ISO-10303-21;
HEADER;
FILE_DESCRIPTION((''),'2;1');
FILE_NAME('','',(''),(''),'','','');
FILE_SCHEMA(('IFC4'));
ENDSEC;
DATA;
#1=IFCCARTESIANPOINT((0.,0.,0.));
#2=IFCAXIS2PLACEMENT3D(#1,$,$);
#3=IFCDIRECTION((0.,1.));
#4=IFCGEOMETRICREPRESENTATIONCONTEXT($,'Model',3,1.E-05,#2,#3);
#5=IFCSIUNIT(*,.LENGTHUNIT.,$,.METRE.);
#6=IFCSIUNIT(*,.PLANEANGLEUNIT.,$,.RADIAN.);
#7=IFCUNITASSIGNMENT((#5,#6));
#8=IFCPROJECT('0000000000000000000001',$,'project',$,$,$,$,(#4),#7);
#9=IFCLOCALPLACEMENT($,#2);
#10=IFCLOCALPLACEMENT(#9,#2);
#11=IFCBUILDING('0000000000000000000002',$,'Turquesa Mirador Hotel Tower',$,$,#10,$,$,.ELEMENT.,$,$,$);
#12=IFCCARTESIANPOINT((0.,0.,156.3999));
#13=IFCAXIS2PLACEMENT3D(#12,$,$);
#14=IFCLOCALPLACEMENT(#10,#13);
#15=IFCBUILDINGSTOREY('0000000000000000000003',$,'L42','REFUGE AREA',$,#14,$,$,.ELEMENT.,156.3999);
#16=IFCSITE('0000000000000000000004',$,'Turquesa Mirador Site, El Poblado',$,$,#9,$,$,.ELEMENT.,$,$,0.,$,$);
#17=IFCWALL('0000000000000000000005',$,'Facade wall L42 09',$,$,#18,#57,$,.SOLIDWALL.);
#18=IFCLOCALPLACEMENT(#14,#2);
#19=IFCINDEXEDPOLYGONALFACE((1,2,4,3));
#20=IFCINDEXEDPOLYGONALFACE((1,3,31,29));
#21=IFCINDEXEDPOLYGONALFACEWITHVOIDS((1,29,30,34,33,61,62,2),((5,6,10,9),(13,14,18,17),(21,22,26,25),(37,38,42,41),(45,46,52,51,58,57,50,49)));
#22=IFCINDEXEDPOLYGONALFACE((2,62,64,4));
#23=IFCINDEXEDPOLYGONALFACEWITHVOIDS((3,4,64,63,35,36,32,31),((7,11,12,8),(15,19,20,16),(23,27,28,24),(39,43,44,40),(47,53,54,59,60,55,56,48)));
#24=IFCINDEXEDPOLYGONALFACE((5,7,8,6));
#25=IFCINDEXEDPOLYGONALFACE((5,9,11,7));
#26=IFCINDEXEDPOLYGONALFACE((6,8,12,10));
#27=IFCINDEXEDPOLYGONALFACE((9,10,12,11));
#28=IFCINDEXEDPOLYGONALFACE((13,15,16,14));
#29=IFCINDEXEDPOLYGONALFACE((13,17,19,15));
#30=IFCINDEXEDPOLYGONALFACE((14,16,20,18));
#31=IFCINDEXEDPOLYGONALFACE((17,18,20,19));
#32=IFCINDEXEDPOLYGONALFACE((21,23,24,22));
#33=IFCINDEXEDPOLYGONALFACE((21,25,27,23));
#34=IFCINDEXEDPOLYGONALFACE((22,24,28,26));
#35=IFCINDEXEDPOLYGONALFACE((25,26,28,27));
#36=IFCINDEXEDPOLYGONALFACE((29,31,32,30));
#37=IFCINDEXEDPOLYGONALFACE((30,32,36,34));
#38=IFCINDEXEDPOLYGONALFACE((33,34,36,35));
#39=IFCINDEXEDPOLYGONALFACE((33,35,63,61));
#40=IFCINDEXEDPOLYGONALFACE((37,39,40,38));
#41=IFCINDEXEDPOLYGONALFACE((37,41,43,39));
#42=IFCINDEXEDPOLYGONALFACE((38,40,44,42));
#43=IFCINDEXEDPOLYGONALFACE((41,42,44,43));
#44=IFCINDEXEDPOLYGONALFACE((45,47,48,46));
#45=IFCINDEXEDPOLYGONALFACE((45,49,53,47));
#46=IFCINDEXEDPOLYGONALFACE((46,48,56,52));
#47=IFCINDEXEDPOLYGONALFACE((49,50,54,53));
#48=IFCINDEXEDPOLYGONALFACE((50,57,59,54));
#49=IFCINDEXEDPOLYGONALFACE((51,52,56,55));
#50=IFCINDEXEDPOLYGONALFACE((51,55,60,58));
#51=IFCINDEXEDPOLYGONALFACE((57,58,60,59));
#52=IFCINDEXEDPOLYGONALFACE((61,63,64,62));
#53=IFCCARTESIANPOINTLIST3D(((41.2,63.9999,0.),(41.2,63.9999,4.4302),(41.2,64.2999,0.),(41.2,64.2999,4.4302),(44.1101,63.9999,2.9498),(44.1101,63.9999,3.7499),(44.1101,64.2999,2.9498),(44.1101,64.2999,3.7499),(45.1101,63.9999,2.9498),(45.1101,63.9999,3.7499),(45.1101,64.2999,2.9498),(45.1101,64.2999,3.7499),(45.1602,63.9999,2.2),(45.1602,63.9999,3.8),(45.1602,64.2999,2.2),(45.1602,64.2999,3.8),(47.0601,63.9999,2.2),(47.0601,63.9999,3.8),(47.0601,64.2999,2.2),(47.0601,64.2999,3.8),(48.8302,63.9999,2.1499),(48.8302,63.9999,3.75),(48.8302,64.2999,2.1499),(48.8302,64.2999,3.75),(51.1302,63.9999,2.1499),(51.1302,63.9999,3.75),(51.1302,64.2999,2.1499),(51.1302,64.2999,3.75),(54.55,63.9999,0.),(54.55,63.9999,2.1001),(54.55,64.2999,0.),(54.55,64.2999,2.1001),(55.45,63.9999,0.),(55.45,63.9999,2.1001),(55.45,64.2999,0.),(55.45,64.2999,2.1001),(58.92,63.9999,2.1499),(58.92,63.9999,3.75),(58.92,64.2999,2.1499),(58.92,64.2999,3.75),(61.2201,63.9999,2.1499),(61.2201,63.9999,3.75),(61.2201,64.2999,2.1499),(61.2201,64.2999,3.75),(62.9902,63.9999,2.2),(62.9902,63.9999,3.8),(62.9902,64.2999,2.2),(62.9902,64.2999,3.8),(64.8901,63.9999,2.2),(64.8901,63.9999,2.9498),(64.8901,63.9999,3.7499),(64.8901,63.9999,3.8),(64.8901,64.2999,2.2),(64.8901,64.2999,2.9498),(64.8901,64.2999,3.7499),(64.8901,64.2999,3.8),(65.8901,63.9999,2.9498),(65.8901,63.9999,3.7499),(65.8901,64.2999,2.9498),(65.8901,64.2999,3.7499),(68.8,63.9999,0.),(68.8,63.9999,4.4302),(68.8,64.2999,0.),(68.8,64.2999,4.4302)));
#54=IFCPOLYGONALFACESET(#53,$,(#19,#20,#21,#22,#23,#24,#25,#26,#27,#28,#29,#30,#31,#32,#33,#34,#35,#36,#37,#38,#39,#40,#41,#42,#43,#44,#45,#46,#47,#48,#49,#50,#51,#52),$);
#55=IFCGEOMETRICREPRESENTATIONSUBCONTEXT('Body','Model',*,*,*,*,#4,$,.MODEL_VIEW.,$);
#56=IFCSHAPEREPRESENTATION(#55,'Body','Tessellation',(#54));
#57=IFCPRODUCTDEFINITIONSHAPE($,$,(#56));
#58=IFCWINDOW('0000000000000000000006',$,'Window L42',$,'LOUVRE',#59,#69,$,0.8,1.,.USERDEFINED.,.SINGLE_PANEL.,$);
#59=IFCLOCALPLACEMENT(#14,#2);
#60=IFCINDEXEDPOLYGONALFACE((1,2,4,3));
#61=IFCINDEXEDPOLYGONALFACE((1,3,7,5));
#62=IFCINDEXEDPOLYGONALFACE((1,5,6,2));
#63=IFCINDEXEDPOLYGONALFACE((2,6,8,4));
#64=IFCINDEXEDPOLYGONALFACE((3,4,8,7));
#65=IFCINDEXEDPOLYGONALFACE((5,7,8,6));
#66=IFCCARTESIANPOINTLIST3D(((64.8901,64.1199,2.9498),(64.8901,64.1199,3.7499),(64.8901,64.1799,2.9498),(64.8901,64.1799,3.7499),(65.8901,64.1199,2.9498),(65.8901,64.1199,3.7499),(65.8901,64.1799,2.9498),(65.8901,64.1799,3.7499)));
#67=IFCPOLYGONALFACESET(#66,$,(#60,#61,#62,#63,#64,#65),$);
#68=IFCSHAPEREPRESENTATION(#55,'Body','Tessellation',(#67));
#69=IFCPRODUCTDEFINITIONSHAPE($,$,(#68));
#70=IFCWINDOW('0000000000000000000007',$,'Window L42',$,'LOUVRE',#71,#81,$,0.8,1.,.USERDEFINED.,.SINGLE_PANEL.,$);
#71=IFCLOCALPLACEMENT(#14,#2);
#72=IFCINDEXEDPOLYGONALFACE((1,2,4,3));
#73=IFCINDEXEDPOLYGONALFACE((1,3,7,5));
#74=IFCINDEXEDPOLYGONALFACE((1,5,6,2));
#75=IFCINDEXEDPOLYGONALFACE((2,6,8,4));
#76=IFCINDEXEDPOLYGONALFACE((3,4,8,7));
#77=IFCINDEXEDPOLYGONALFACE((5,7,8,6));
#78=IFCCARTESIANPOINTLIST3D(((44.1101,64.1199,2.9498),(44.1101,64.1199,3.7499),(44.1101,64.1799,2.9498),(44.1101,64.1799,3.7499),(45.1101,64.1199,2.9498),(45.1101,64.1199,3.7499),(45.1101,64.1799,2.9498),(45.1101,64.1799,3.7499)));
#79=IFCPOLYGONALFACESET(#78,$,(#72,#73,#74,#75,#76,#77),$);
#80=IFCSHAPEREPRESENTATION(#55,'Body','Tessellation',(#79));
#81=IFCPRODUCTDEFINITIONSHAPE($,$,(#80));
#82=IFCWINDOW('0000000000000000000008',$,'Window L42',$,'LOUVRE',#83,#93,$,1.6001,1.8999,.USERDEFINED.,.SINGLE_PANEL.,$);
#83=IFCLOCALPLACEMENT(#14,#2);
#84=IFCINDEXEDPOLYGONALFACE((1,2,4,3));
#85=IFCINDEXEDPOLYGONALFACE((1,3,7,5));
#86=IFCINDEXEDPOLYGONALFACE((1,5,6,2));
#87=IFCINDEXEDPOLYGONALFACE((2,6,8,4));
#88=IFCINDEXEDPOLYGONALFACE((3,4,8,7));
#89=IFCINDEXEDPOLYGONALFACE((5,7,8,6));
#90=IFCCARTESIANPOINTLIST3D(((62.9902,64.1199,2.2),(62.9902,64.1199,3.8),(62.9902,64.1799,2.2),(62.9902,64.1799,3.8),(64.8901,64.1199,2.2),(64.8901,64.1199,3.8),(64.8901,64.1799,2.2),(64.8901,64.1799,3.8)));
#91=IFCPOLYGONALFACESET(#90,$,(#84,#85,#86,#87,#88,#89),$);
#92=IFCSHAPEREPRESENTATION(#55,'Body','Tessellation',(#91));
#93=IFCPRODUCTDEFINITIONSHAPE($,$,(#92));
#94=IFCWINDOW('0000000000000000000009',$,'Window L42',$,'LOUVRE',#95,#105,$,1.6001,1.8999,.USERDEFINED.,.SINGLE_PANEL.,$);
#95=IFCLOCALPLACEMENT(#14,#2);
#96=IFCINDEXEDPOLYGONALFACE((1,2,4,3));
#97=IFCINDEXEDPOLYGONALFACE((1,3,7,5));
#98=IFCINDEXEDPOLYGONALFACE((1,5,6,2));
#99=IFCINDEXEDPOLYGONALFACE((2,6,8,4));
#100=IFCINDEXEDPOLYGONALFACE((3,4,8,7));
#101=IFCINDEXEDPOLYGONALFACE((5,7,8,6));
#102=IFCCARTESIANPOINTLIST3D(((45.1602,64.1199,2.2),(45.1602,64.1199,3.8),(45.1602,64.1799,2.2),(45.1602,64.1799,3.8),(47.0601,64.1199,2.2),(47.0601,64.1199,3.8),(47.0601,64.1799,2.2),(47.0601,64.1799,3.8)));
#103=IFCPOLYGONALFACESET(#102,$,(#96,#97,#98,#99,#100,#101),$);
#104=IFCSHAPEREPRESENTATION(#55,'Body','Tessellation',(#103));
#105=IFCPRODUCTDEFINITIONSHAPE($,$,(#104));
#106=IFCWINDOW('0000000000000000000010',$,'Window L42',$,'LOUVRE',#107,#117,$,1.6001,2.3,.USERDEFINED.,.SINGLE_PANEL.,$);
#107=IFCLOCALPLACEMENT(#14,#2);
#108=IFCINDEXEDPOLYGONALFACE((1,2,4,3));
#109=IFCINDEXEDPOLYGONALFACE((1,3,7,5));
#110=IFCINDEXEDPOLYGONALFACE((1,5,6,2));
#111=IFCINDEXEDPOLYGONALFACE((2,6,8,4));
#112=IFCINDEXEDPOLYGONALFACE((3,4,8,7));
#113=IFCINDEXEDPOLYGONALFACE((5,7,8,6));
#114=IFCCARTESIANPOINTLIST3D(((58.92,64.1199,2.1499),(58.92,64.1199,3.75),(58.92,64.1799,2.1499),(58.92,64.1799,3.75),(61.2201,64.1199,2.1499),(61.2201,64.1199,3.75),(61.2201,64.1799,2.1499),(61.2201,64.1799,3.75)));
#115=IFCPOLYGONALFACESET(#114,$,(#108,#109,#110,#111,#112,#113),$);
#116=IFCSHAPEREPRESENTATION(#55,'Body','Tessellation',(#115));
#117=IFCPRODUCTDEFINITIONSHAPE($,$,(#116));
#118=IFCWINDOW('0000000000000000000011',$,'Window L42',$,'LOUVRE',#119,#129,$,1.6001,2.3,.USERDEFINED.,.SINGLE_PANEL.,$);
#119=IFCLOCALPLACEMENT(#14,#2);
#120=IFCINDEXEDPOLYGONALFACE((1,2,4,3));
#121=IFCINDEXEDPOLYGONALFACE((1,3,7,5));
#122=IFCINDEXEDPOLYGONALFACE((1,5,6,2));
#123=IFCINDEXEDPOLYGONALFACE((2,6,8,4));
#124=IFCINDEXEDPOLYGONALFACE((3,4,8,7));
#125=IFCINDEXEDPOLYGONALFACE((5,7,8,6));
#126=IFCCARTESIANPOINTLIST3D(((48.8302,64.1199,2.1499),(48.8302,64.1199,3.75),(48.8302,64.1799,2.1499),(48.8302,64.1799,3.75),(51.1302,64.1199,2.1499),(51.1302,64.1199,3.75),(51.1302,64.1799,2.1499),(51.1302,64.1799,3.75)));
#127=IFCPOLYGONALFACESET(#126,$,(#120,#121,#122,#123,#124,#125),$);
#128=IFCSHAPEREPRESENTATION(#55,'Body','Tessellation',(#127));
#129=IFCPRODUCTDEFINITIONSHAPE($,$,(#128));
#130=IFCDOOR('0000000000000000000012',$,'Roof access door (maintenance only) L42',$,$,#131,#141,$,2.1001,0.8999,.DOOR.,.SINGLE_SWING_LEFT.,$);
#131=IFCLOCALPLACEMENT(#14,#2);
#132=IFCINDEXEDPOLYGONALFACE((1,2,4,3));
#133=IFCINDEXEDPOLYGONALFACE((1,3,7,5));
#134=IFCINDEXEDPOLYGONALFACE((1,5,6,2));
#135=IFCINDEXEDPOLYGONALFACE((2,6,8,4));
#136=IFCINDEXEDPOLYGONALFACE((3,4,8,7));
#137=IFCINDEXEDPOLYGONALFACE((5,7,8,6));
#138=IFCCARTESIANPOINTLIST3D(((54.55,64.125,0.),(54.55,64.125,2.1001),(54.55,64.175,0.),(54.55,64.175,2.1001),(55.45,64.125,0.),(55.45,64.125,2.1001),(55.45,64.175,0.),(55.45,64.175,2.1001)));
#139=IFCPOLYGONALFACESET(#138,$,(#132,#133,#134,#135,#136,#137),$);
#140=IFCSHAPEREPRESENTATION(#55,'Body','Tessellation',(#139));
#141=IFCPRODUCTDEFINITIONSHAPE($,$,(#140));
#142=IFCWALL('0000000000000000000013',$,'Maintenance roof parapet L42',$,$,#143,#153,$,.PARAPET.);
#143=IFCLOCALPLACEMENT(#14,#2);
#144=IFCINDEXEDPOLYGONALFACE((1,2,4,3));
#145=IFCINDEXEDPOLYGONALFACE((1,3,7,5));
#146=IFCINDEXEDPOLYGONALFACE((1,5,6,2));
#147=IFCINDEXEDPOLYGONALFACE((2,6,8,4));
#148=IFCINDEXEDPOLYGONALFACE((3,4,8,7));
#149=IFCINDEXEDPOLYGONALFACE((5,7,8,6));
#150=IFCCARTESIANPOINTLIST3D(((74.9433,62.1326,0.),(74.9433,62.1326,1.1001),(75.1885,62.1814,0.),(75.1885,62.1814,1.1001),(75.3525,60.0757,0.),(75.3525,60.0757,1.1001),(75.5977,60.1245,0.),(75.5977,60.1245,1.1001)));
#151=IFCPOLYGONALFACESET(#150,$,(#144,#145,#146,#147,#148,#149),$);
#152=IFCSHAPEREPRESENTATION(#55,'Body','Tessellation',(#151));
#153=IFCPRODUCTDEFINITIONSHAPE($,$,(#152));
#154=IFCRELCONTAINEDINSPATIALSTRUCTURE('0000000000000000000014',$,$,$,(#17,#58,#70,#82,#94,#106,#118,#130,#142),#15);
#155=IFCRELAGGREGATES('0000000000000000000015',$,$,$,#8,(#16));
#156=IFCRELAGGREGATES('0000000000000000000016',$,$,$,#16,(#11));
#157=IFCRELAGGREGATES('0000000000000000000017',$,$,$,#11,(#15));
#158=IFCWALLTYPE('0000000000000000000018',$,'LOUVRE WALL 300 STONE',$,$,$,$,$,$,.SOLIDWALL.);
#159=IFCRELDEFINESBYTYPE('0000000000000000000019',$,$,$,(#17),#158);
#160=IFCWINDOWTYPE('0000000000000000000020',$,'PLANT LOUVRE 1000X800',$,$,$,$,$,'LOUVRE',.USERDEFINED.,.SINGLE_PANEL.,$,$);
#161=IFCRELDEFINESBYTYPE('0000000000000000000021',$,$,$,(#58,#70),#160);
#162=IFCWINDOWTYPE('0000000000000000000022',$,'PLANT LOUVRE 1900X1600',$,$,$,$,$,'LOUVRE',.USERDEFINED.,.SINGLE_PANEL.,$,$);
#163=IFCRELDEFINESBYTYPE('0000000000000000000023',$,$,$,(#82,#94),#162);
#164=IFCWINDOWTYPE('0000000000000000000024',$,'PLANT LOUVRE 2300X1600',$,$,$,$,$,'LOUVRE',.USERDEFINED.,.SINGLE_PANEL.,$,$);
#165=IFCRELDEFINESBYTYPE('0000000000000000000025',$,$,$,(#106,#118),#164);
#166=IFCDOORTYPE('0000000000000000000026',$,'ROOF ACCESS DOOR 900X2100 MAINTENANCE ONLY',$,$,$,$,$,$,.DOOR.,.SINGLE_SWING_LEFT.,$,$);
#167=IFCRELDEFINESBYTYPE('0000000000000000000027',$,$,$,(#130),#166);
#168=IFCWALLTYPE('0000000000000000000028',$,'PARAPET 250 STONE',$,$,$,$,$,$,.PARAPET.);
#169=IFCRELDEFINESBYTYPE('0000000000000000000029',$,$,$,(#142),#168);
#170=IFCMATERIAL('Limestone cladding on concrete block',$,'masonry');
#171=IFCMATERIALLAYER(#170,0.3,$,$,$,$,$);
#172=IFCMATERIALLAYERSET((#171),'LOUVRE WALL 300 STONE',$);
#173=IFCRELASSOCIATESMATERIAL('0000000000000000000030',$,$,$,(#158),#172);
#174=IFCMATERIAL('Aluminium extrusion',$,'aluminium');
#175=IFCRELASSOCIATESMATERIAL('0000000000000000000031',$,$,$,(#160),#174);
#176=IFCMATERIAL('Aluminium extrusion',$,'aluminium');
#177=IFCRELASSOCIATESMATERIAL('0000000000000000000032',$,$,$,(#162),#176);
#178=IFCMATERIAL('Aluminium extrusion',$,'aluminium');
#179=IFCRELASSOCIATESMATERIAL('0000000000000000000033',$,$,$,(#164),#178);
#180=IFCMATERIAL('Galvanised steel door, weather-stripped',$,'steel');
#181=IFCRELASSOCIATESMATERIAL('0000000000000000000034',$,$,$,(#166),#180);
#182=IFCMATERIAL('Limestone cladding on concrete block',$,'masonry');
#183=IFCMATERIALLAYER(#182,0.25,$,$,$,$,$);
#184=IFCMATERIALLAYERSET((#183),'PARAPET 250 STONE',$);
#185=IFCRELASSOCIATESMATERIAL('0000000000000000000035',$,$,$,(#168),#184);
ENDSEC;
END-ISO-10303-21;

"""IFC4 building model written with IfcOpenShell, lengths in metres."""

from ifc_helpers import new_model, si_unit, direction, frame, frame_2d, origin, place, context, subcontext, project, spatial, rectangle, extrude, material, layer, layer_set, type_object, element, fill, save


model = new_model("IFC4")

# Units and contexts
model_context = context("Model", 3, precision=1e-05, world=origin(), true_north=direction((0.0, 1.0)))
body_context = subcontext(model_context, "Body", "Model", "MODEL_VIEW")
ifc_project = project(units=[si_unit("LENGTHUNIT", "METRE"), si_unit("PLANEANGLEUNIT", "RADIAN")], contexts=[model_context])

# Site, building, storey
site_placement = place(None, origin())
site = spatial("IfcSite", under=ifc_project, at=site_placement, Name="Turquesa Mirador Site, El Poblado", CompositionType="ELEMENT", RefElevation=0.0)
building_placement = place(site_placement, origin())
building = spatial("IfcBuilding", under=site, at=building_placement, Name="Turquesa Mirador Hotel Tower", CompositionType="ELEMENT")
storey_placement = place(building_placement, frame((0.0, 0.0, 156.3999)))
storey = spatial("IfcBuildingStorey", under=building, at=storey_placement, Name="L42", Description="REFUGE AREA", CompositionType="ELEMENT", Elevation=156.3999)

# Shared definitions
ifc_material_1 = material(Name="Limestone cladding on concrete block", Category="masonry")
ifc_layer_1 = layer(ifc_material_1, 0.3)
ifc_layer_set_1 = layer_set([ifc_layer_1], Name="LOUVRE WALL 300 STONE")
wall_type_1 = type_object("IfcWallType", Name="LOUVRE WALL 300 STONE", PredefinedType="SOLIDWALL", material=ifc_layer_set_1)

# Wall, openings, windows, door
wall_1_placement = place(storey_placement, frame((68.8, 64.1499, 0.0), z_axis=(0.0, 0.0, 1.0), x_axis=(-1.0, 0.0, 0.0)))
wall_1 = element("IfcWall", 1, at=wall_1_placement, inside=storey, type_object=wall_type_1, Name="Facade wall L42 09", PredefinedType="SOLIDWALL", context=body_context, shape_type="SweptSolid", body=[
    extrude(rectangle(XDim=27.6001, YDim=0.3, at=frame_2d((13.8, 0.0))), origin(), (0.0, 0.0, 1.0), 4.4302),
])
opening_1_placement = place(wall_1_placement, frame((3.9099, 0.0, 2.2)))
opening_1 = element("IfcOpeningElement", 2, at=opening_1_placement, cuts=wall_1, PredefinedType="OPENING", context=body_context, shape_type="SweptSolid", body=[
    extrude(rectangle(XDim=1.8999, YDim=1.6001, at=frame_2d((0.95, 0.8))), frame((0.0, 0.1599, 0.0), z_axis=(0.0, -1.0, 0.0), x_axis=(1.0, 0.0, 0.0)), (0.0, 0.0, 1.0), 0.3201),
])
opening_2_placement = place(wall_1_placement, frame((7.5801, 0.0, 2.1499)))
opening_2 = element("IfcOpeningElement", 3, at=opening_2_placement, cuts=wall_1, PredefinedType="OPENING", context=body_context, shape_type="SweptSolid", body=[
    extrude(rectangle(XDim=2.3, YDim=1.6001, at=frame_2d((1.1499, 0.8))), frame((0.0, 0.1599, 0.0), z_axis=(0.0, -1.0, 0.0), x_axis=(1.0, 0.0, 0.0)), (0.0, 0.0, 1.0), 0.3201),
])
opening_3_placement = place(wall_1_placement, frame((13.3501, 0.0, 0.0)))
opening_3 = element("IfcOpeningElement", 4, at=opening_3_placement, cuts=wall_1, PredefinedType="OPENING", context=body_context, shape_type="SweptSolid", body=[
    extrude(rectangle(XDim=0.8999, YDim=2.1001, at=frame_2d((0.45, 1.05))), frame((0.0, 0.1599, 0.0), z_axis=(0.0, -1.0, 0.0), x_axis=(1.0, 0.0, 0.0)), (0.0, 0.0, 1.0), 0.3201),
])
opening_4_placement = place(wall_1_placement, frame((17.6699, 0.0, 2.1499)))
opening_4 = element("IfcOpeningElement", 5, at=opening_4_placement, cuts=wall_1, PredefinedType="OPENING", context=body_context, shape_type="SweptSolid", body=[
    extrude(rectangle(XDim=2.3, YDim=1.6001, at=frame_2d((1.1499, 0.8))), frame((0.0, 0.1599, 0.0), z_axis=(0.0, -1.0, 0.0), x_axis=(1.0, 0.0, 0.0)), (0.0, 0.0, 1.0), 0.3201),
])
opening_5_placement = place(wall_1_placement, frame((21.74, 0.0, 2.2)))
opening_5 = element("IfcOpeningElement", 6, at=opening_5_placement, cuts=wall_1, PredefinedType="OPENING", context=body_context, shape_type="SweptSolid", body=[
    extrude(rectangle(XDim=1.8999, YDim=1.6001, at=frame_2d((0.95, 0.8))), frame((0.0, 0.1599, 0.0), z_axis=(0.0, -1.0, 0.0), x_axis=(1.0, 0.0, 0.0)), (0.0, 0.0, 1.0), 0.3201),
])
opening_6_placement = place(wall_1_placement, frame((2.9099, 0.0, 2.95)))
opening_6 = element("IfcOpeningElement", 7, at=opening_6_placement, cuts=wall_1, PredefinedType="OPENING", context=body_context, shape_type="SweptSolid", body=[
    extrude(rectangle(XDim=1.0, YDim=0.8, at=frame_2d((0.5, 0.3999))), frame((0.0, 0.1599, 0.0), z_axis=(0.0, -1.0, 0.0), x_axis=(1.0, 0.0, 0.0)), (0.0, 0.0, 1.0), 0.3201),
])
opening_7_placement = place(wall_1_placement, frame((23.6899, 0.0, 2.95)))
opening_7 = element("IfcOpeningElement", 8, at=opening_7_placement, cuts=wall_1, PredefinedType="OPENING", context=body_context, shape_type="SweptSolid", body=[
    extrude(rectangle(XDim=1.0, YDim=0.8, at=frame_2d((0.5, 0.3999))), frame((0.0, 0.1599, 0.0), z_axis=(0.0, -1.0, 0.0), x_axis=(1.0, 0.0, 0.0)), (0.0, 0.0, 1.0), 0.3201),
])
ifc_material_2 = material(Name="Aluminium extrusion", Category="aluminium")
window_type_1 = type_object("IfcWindowType", Name="PLANT LOUVRE 1000X800", ElementType="LOUVRE", PartitioningType="SINGLE_PANEL", PredefinedType="USERDEFINED", material=ifc_material_2)
window_1_placement = place(opening_6_placement, origin())
window_1 = element("IfcWindow", 9, at=window_1_placement, inside=storey, type_object=window_type_1, Name="Window L42", ObjectType="LOUVRE", OverallHeight=0.8, OverallWidth=1.0, PartitioningType="SINGLE_PANEL", PredefinedType="USERDEFINED", context=body_context, shape_type="SweptSolid", body=[
    extrude(rectangle(XDim=1.0, YDim=0.8, at=frame_2d((0.5, 0.3999))), frame((0.0, 0.03, 0.0), z_axis=(0.0, -1.0, 0.0), x_axis=(1.0, 0.0, 0.0)), (0.0, 0.0, 1.0), 0.0601),
])
fill(opening_6, window_1)
window_2_placement = place(opening_7_placement, origin())
window_2 = element("IfcWindow", 10, at=window_2_placement, inside=storey, type_object=window_type_1, Name="Window L42", ObjectType="LOUVRE", OverallHeight=0.8, OverallWidth=1.0, PartitioningType="SINGLE_PANEL", PredefinedType="USERDEFINED", context=body_context, shape_type="SweptSolid", body=[
    extrude(rectangle(XDim=1.0, YDim=0.8, at=frame_2d((0.5, 0.3999))), frame((0.0, 0.03, 0.0), z_axis=(0.0, -1.0, 0.0), x_axis=(1.0, 0.0, 0.0)), (0.0, 0.0, 1.0), 0.0601),
])
fill(opening_7, window_2)
ifc_material_3 = material(Name="Aluminium extrusion", Category="aluminium")
window_type_2 = type_object("IfcWindowType", Name="PLANT LOUVRE 1900X1600", ElementType="LOUVRE", PartitioningType="SINGLE_PANEL", PredefinedType="USERDEFINED", material=ifc_material_3)
window_3_placement = place(opening_1_placement, origin())
window_3 = element("IfcWindow", 11, at=window_3_placement, inside=storey, type_object=window_type_2, Name="Window L42", ObjectType="LOUVRE", OverallHeight=1.6001, OverallWidth=1.8999, PartitioningType="SINGLE_PANEL", PredefinedType="USERDEFINED", context=body_context, shape_type="SweptSolid", body=[
    extrude(rectangle(XDim=1.8999, YDim=1.6001, at=frame_2d((0.95, 0.8))), frame((0.0, 0.03, 0.0), z_axis=(0.0, -1.0, 0.0), x_axis=(1.0, 0.0, 0.0)), (0.0, 0.0, 1.0), 0.0601),
])
fill(opening_1, window_3)
window_4_placement = place(opening_5_placement, origin())
window_4 = element("IfcWindow", 12, at=window_4_placement, inside=storey, type_object=window_type_2, Name="Window L42", ObjectType="LOUVRE", OverallHeight=1.6001, OverallWidth=1.8999, PartitioningType="SINGLE_PANEL", PredefinedType="USERDEFINED", context=body_context, shape_type="SweptSolid", body=[
    extrude(rectangle(XDim=1.8999, YDim=1.6001, at=frame_2d((0.95, 0.8))), frame((0.0, 0.03, 0.0), z_axis=(0.0, -1.0, 0.0), x_axis=(1.0, 0.0, 0.0)), (0.0, 0.0, 1.0), 0.0601),
])
fill(opening_5, window_4)
ifc_material_4 = material(Name="Aluminium extrusion", Category="aluminium")
window_type_3 = type_object("IfcWindowType", Name="PLANT LOUVRE 2300X1600", ElementType="LOUVRE", PartitioningType="SINGLE_PANEL", PredefinedType="USERDEFINED", material=ifc_material_4)
window_5_placement = place(opening_2_placement, origin())
window_5 = element("IfcWindow", 13, at=window_5_placement, inside=storey, type_object=window_type_3, Name="Window L42", ObjectType="LOUVRE", OverallHeight=1.6001, OverallWidth=2.3, PartitioningType="SINGLE_PANEL", PredefinedType="USERDEFINED", context=body_context, shape_type="SweptSolid", body=[
    extrude(rectangle(XDim=2.3, YDim=1.6001, at=frame_2d((1.1499, 0.8))), frame((0.0, 0.03, 0.0), z_axis=(0.0, -1.0, 0.0), x_axis=(1.0, 0.0, 0.0)), (0.0, 0.0, 1.0), 0.0601),
])
fill(opening_2, window_5)
window_6_placement = place(opening_4_placement, origin())
window_6 = element("IfcWindow", 14, at=window_6_placement, inside=storey, type_object=window_type_3, Name="Window L42", ObjectType="LOUVRE", OverallHeight=1.6001, OverallWidth=2.3, PartitioningType="SINGLE_PANEL", PredefinedType="USERDEFINED", context=body_context, shape_type="SweptSolid", body=[
    extrude(rectangle(XDim=2.3, YDim=1.6001, at=frame_2d((1.1499, 0.8))), frame((0.0, 0.03, 0.0), z_axis=(0.0, -1.0, 0.0), x_axis=(1.0, 0.0, 0.0)), (0.0, 0.0, 1.0), 0.0601),
])
fill(opening_4, window_6)
ifc_material_5 = material(Name="Galvanised steel door, weather-stripped", Category="steel")
door_type = type_object("IfcDoorType", Name="ROOF ACCESS DOOR 900X2100 MAINTENANCE ONLY", OperationType="SINGLE_SWING_LEFT", PredefinedType="DOOR", material=ifc_material_5)
door_placement = place(opening_3_placement, origin())
door = element("IfcDoor", 15, at=door_placement, inside=storey, type_object=door_type, Name="Roof access door (maintenance only) L42", OperationType="SINGLE_SWING_LEFT", OverallHeight=2.1001, OverallWidth=0.8999, PredefinedType="DOOR", context=body_context, shape_type="SweptSolid", body=[
    extrude(rectangle(XDim=0.8999, YDim=2.1001, at=frame_2d((0.45, 1.05))), frame((0.0, 0.0249, 0.0), z_axis=(0.0, -1.0, 0.0), x_axis=(1.0, 0.0, 0.0)), (0.0, 0.0, 1.0), 0.05),
])
fill(opening_3, door)

# Wall
ifc_material_6 = material(Name="Limestone cladding on concrete block", Category="masonry")
ifc_layer_2 = layer(ifc_material_6, 0.25)
ifc_layer_set_2 = layer_set([ifc_layer_2], Name="PARAPET 250 STONE")
wall_type_2 = type_object("IfcWallType", Name="PARAPET 250 STONE", PredefinedType="PARAPET", material=ifc_layer_set_2)
for number, where, z_axis, x_axis, name in (
    (16, (75.4751, 60.1001, 0.0), (0.0, 0.0, 1.0), (-0.195109, 0.980782, 0.0), "Maintenance roof parapet L42"),
):
    element("IfcWall", number, at=place(storey_placement, frame(where, z_axis=z_axis, x_axis=x_axis)), inside=storey, type_object=wall_type_2, Name=name, PredefinedType="PARAPET", context=body_context, shape_type="SweptSolid", body=[
        extrude(rectangle(XDim=2.0972, YDim=0.25, at=frame_2d((1.0486, 0.0))), origin(), (0.0, 0.0, 1.0), 1.1001),
    ])

save(model, "model.ifc")
